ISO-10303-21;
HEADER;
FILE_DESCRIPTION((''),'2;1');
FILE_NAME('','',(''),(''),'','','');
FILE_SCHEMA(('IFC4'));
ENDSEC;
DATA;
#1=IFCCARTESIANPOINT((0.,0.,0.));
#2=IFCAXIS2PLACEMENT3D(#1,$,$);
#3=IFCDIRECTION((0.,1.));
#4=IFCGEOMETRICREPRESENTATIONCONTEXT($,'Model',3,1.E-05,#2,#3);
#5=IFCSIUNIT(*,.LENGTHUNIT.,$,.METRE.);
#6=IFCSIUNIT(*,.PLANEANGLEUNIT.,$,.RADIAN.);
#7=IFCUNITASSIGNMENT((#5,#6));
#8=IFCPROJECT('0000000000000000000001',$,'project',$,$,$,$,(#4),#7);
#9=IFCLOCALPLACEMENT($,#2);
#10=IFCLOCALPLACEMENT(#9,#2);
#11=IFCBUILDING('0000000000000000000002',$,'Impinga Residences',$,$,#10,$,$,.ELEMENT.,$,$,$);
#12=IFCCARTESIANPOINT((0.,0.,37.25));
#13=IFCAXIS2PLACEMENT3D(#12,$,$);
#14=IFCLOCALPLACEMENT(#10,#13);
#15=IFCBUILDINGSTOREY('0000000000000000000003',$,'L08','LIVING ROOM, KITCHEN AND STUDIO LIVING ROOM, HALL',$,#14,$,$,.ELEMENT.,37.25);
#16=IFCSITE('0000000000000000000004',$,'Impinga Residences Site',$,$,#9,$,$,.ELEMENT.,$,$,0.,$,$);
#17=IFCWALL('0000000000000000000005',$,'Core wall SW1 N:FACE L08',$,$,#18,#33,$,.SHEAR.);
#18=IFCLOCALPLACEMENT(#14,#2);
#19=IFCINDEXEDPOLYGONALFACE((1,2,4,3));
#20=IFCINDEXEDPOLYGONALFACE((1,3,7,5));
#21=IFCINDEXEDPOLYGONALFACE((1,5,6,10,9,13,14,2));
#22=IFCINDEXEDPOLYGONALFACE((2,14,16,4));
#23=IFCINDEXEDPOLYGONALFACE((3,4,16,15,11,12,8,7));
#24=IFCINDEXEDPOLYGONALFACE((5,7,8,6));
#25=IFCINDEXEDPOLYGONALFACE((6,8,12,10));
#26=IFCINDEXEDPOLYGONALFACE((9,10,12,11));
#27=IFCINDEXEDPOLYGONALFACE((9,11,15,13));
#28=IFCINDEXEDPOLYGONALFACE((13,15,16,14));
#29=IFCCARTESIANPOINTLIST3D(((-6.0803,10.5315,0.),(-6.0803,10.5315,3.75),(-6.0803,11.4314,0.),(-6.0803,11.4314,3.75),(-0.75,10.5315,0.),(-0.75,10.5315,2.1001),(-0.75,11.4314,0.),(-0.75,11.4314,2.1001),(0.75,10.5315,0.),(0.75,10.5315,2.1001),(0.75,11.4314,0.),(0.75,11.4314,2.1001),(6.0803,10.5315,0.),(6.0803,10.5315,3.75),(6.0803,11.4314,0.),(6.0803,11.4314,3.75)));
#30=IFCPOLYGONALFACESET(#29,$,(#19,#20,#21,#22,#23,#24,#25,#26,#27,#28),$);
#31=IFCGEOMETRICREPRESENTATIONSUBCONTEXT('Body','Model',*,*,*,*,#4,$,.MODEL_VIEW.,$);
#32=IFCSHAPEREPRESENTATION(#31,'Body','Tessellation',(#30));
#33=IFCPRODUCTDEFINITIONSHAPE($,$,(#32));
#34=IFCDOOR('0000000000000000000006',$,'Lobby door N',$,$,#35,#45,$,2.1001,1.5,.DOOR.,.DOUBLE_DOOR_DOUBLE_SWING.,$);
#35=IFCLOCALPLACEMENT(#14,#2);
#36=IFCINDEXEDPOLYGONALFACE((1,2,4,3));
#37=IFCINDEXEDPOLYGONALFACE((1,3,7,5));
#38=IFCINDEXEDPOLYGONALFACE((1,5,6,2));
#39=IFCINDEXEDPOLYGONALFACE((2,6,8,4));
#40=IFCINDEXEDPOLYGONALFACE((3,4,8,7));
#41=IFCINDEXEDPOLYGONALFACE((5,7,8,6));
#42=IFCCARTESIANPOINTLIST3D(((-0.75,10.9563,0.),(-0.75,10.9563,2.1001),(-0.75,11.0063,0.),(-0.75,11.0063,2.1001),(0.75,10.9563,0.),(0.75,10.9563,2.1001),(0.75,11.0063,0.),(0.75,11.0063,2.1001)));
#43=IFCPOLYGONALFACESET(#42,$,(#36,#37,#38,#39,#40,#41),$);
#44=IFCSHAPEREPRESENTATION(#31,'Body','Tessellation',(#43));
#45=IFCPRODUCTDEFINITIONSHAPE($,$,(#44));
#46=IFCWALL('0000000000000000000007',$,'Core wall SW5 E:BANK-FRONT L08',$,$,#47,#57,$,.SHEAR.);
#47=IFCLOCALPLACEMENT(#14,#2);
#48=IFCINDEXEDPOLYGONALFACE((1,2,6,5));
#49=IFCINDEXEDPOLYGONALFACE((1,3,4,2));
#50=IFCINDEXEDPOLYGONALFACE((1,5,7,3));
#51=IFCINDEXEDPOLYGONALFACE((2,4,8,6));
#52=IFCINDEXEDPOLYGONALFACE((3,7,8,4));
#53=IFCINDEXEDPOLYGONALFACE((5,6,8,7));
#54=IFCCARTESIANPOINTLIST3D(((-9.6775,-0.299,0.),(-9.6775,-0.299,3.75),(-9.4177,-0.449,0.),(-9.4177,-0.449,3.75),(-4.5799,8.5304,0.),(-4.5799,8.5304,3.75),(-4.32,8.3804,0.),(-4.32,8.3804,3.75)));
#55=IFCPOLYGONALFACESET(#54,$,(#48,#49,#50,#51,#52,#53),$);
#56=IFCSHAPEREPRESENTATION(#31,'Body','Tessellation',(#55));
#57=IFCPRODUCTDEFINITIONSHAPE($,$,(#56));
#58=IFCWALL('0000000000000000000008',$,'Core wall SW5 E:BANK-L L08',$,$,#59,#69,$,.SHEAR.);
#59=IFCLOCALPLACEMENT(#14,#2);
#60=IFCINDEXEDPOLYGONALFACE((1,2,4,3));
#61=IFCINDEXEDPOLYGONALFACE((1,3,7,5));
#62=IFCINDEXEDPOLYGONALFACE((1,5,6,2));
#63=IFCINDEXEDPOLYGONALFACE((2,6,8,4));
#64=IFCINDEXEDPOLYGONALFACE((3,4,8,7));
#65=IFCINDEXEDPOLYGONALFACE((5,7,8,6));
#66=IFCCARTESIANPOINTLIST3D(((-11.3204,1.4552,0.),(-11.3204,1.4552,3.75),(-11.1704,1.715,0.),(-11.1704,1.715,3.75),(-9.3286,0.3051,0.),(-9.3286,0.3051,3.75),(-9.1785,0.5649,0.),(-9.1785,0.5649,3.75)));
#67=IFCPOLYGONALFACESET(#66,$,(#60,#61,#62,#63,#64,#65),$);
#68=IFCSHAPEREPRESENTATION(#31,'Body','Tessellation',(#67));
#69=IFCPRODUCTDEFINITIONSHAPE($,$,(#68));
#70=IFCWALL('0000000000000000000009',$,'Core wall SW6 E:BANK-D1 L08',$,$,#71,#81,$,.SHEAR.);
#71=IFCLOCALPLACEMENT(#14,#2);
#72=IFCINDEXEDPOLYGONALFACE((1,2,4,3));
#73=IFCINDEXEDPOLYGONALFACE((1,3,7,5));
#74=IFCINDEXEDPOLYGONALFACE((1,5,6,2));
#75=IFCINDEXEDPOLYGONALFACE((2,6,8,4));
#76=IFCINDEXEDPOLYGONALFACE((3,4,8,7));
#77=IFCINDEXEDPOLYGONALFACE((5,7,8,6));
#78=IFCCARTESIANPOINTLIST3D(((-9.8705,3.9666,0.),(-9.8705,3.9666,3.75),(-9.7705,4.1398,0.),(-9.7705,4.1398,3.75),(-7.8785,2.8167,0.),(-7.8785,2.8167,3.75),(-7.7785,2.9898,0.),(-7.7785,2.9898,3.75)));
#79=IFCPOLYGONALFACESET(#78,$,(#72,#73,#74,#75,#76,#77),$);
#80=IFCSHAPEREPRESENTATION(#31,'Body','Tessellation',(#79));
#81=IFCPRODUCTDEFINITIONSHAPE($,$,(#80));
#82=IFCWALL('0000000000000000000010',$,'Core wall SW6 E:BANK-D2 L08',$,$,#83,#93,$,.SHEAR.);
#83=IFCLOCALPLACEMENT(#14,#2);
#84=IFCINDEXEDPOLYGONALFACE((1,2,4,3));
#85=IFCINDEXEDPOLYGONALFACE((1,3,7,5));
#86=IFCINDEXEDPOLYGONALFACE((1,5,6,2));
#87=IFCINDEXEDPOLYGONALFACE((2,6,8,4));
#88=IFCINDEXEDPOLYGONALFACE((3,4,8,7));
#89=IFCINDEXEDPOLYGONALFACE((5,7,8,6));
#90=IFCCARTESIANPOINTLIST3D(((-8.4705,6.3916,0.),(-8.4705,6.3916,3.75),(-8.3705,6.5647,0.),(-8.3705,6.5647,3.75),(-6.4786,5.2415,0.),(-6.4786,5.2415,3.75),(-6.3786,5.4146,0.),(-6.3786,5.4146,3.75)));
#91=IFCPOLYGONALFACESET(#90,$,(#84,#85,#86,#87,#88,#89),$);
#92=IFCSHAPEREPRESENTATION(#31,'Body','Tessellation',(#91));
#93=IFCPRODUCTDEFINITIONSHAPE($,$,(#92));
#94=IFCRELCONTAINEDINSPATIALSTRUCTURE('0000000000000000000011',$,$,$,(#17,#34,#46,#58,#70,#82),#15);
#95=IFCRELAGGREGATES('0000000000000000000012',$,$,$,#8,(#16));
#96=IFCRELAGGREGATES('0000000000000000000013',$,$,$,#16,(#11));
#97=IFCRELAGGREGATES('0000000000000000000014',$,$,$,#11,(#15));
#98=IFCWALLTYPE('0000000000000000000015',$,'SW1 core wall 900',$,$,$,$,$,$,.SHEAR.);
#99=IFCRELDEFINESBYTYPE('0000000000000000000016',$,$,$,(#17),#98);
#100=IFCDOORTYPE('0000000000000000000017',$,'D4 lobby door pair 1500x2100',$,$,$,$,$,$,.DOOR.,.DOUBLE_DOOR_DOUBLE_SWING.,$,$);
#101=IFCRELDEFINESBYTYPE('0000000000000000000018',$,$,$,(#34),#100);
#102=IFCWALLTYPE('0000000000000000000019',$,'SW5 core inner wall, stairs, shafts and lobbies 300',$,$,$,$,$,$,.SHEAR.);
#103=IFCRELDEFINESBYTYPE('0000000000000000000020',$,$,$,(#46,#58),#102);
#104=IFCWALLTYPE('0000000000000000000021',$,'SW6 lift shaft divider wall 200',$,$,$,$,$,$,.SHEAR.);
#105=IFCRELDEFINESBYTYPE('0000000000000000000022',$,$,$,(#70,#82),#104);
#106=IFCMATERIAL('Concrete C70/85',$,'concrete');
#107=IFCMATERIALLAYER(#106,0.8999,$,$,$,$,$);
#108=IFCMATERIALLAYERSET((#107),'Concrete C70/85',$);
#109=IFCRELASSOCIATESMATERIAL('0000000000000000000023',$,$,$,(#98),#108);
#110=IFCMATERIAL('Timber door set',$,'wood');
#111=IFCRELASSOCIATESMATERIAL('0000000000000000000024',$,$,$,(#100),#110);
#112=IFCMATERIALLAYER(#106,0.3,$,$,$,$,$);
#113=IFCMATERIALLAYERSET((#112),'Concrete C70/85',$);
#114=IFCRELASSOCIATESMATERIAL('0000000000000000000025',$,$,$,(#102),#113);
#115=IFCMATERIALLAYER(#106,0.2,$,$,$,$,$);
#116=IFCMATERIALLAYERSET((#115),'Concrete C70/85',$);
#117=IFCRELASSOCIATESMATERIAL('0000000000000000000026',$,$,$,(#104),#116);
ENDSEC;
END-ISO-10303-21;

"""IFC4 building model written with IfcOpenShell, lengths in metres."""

from ifc_helpers import new_model, si_unit, direction, frame, frame_2d, origin, place, context, subcontext, project, spatial, rectangle, extrude, material, layer, layer_set, type_object, element, fill, save


model = new_model("IFC4")

# Units and contexts
model_context = context("Model", 3, precision=1e-05, world=origin(), true_north=direction((0.0, 1.0)))
body_context = subcontext(model_context, "Body", "Model", "MODEL_VIEW")
ifc_project = project(units=[si_unit("LENGTHUNIT", "METRE"), si_unit("PLANEANGLEUNIT", "RADIAN")], contexts=[model_context])

# Site, building, storey
site_placement = place(None, origin())
site = spatial("IfcSite", under=ifc_project, at=site_placement, Name="Impinga Residences Site", CompositionType="ELEMENT", RefElevation=0.0)
building_placement = place(site_placement, origin())
building = spatial("IfcBuilding", under=site, at=building_placement, Name="Impinga Residences", CompositionType="ELEMENT")
storey_placement = place(building_placement, frame((0.0, 0.0, 37.25)))
storey = spatial("IfcBuildingStorey", under=building, at=storey_placement, Name="L08", Description="LIVING ROOM, KITCHEN AND STUDIO LIVING ROOM, HALL", CompositionType="ELEMENT", Elevation=37.25)

# Shared definitions
ifc_material_1 = material(Name="Concrete C70/85", Category="concrete")

# Shared definitions
ifc_material_2 = material(Name="Timber door set", Category="wood")

# Wall, opening, door
ifc_layer_1 = layer(ifc_material_1, 0.8999)
ifc_layer_set_1 = layer_set([ifc_layer_1], Name="Concrete C70/85")
wall_type_1 = type_object("IfcWallType", Name="SW1 core wall 900", PredefinedType="SHEAR", material=ifc_layer_set_1)
wall_1_placement = place(storey_placement, frame((-6.0803, 10.9814, 0.0), z_axis=(0.0, 0.0, 1.0), x_axis=(1.0, 0.0, 0.0)))
wall_1 = element("IfcWall", 1, at=wall_1_placement, inside=storey, type_object=wall_type_1, Name="Core wall SW1 N:FACE L08", PredefinedType="SHEAR", context=body_context, shape_type="SweptSolid", body=[
    extrude(rectangle(XDim=12.1606, YDim=0.8999, at=frame_2d((6.0803, 0.0))), origin(), (0.0, 0.0, 1.0), 3.75),
])
opening_1_placement = place(wall_1_placement, frame((5.3303, 0.0, 0.0)))
opening_1 = element("IfcOpeningElement", 2, at=opening_1_placement, cuts=wall_1, PredefinedType="OPENING", context=body_context, shape_type="SweptSolid", body=[
    extrude(rectangle(XDim=1.5, YDim=2.1001, at=frame_2d((0.75, 1.05))), frame((0.0, 0.46, 0.0), z_axis=(0.0, -1.0, 0.0), x_axis=(1.0, 0.0, 0.0)), (0.0, 0.0, 1.0), 0.9199),
])
door_type_1 = type_object("IfcDoorType", Name="D4 lobby door pair 1500x2100", OperationType="DOUBLE_DOOR_DOUBLE_SWING", PredefinedType="DOOR", material=ifc_material_2)
door_1_placement = place(opening_1_placement, origin())
door_1 = element("IfcDoor", 3, at=door_1_placement, inside=storey, type_object=door_type_1, Name="Lobby door N", OperationType="DOUBLE_DOOR_DOUBLE_SWING", OverallHeight=2.1001, OverallWidth=1.5, PredefinedType="DOOR", context=body_context, shape_type="SweptSolid", body=[
    extrude(rectangle(XDim=1.5, YDim=2.1001, at=frame_2d((0.75, 1.05))), frame((0.0, 0.0249, 0.0), z_axis=(0.0, -1.0, 0.0), x_axis=(1.0, 0.0, 0.0)), (0.0, 0.0, 1.0), 0.05),
])
fill(opening_1, door_1)

# Walls
ifc_layer_2 = layer(ifc_material_1, 0.3)
ifc_layer_set_2 = layer_set([ifc_layer_2], Name="Concrete C70/85")
wall_type_2 = type_object("IfcWallType", Name="SW5 core inner wall, stairs, shafts and lobbies 300", PredefinedType="SHEAR", material=ifc_layer_set_2)
wall_2_placement = place(storey_placement, frame((-9.5476, -0.374, 0.0), z_axis=(0.0, 0.0, 1.0), x_axis=(0.500002, 0.866024, 0.0)))
element("IfcWall", 4, at=wall_2_placement, inside=storey, type_object=wall_type_2, Name="Core wall SW5 E:BANK-FRONT L08", PredefinedType="SHEAR", context=body_context, shape_type="SweptSolid", body=[
    extrude(rectangle(XDim=10.1953, YDim=0.3, at=frame_2d((5.0977, 0.0))), origin(), (0.0, 0.0, 1.0), 3.75),
])
wall_3_placement = place(storey_placement, frame((-9.2537, 0.4351, 0.0), z_axis=(0.0, 0.0, 1.0), x_axis=(-0.866007, 0.500032, 0.0)))
element("IfcWall", 5, at=wall_3_placement, inside=storey, type_object=wall_type_2, Name="Core wall SW5 E:BANK-L L08", PredefinedType="SHEAR", context=body_context, shape_type="SweptSolid", body=[
    extrude(rectangle(XDim=2.3, YDim=0.3, at=frame_2d((1.1499, 0.0))), origin(), (0.0, 0.0, 1.0), 3.75),
])
ifc_layer_3 = layer(ifc_material_1, 0.2)
ifc_layer_set_3 = layer_set([ifc_layer_3], Name="Concrete C70/85")
wall_type_3 = type_object("IfcWallType", Name="SW6 lift shaft divider wall 200", PredefinedType="SHEAR", material=ifc_layer_set_3)
for number, where, z_axis, x_axis, name in (
    (6, (-7.8286, 2.9033, 0.0), (0.0, 0.0, 1.0), (-0.866053, 0.499952, 0.0), "Core wall SW6 E:BANK-D1 L08"),
    (7, (-6.4287, 5.3281, 0.0), (0.0, 0.0, 1.0), (-0.866007, 0.500032, 0.0), "Core wall SW6 E:BANK-D2 L08"),
):
    element("IfcWall", number, at=place(storey_placement, frame(where, z_axis=z_axis, x_axis=x_axis)), inside=storey, type_object=wall_type_3, Name=name, PredefinedType="SHEAR", context=body_context, shape_type="SweptSolid", body=[
        extrude(rectangle(XDim=2.3, YDim=0.2, at=frame_2d((1.1499, 0.0))), origin(), (0.0, 0.0, 1.0), 3.75),
    ])

save(model, "model.ifc")
